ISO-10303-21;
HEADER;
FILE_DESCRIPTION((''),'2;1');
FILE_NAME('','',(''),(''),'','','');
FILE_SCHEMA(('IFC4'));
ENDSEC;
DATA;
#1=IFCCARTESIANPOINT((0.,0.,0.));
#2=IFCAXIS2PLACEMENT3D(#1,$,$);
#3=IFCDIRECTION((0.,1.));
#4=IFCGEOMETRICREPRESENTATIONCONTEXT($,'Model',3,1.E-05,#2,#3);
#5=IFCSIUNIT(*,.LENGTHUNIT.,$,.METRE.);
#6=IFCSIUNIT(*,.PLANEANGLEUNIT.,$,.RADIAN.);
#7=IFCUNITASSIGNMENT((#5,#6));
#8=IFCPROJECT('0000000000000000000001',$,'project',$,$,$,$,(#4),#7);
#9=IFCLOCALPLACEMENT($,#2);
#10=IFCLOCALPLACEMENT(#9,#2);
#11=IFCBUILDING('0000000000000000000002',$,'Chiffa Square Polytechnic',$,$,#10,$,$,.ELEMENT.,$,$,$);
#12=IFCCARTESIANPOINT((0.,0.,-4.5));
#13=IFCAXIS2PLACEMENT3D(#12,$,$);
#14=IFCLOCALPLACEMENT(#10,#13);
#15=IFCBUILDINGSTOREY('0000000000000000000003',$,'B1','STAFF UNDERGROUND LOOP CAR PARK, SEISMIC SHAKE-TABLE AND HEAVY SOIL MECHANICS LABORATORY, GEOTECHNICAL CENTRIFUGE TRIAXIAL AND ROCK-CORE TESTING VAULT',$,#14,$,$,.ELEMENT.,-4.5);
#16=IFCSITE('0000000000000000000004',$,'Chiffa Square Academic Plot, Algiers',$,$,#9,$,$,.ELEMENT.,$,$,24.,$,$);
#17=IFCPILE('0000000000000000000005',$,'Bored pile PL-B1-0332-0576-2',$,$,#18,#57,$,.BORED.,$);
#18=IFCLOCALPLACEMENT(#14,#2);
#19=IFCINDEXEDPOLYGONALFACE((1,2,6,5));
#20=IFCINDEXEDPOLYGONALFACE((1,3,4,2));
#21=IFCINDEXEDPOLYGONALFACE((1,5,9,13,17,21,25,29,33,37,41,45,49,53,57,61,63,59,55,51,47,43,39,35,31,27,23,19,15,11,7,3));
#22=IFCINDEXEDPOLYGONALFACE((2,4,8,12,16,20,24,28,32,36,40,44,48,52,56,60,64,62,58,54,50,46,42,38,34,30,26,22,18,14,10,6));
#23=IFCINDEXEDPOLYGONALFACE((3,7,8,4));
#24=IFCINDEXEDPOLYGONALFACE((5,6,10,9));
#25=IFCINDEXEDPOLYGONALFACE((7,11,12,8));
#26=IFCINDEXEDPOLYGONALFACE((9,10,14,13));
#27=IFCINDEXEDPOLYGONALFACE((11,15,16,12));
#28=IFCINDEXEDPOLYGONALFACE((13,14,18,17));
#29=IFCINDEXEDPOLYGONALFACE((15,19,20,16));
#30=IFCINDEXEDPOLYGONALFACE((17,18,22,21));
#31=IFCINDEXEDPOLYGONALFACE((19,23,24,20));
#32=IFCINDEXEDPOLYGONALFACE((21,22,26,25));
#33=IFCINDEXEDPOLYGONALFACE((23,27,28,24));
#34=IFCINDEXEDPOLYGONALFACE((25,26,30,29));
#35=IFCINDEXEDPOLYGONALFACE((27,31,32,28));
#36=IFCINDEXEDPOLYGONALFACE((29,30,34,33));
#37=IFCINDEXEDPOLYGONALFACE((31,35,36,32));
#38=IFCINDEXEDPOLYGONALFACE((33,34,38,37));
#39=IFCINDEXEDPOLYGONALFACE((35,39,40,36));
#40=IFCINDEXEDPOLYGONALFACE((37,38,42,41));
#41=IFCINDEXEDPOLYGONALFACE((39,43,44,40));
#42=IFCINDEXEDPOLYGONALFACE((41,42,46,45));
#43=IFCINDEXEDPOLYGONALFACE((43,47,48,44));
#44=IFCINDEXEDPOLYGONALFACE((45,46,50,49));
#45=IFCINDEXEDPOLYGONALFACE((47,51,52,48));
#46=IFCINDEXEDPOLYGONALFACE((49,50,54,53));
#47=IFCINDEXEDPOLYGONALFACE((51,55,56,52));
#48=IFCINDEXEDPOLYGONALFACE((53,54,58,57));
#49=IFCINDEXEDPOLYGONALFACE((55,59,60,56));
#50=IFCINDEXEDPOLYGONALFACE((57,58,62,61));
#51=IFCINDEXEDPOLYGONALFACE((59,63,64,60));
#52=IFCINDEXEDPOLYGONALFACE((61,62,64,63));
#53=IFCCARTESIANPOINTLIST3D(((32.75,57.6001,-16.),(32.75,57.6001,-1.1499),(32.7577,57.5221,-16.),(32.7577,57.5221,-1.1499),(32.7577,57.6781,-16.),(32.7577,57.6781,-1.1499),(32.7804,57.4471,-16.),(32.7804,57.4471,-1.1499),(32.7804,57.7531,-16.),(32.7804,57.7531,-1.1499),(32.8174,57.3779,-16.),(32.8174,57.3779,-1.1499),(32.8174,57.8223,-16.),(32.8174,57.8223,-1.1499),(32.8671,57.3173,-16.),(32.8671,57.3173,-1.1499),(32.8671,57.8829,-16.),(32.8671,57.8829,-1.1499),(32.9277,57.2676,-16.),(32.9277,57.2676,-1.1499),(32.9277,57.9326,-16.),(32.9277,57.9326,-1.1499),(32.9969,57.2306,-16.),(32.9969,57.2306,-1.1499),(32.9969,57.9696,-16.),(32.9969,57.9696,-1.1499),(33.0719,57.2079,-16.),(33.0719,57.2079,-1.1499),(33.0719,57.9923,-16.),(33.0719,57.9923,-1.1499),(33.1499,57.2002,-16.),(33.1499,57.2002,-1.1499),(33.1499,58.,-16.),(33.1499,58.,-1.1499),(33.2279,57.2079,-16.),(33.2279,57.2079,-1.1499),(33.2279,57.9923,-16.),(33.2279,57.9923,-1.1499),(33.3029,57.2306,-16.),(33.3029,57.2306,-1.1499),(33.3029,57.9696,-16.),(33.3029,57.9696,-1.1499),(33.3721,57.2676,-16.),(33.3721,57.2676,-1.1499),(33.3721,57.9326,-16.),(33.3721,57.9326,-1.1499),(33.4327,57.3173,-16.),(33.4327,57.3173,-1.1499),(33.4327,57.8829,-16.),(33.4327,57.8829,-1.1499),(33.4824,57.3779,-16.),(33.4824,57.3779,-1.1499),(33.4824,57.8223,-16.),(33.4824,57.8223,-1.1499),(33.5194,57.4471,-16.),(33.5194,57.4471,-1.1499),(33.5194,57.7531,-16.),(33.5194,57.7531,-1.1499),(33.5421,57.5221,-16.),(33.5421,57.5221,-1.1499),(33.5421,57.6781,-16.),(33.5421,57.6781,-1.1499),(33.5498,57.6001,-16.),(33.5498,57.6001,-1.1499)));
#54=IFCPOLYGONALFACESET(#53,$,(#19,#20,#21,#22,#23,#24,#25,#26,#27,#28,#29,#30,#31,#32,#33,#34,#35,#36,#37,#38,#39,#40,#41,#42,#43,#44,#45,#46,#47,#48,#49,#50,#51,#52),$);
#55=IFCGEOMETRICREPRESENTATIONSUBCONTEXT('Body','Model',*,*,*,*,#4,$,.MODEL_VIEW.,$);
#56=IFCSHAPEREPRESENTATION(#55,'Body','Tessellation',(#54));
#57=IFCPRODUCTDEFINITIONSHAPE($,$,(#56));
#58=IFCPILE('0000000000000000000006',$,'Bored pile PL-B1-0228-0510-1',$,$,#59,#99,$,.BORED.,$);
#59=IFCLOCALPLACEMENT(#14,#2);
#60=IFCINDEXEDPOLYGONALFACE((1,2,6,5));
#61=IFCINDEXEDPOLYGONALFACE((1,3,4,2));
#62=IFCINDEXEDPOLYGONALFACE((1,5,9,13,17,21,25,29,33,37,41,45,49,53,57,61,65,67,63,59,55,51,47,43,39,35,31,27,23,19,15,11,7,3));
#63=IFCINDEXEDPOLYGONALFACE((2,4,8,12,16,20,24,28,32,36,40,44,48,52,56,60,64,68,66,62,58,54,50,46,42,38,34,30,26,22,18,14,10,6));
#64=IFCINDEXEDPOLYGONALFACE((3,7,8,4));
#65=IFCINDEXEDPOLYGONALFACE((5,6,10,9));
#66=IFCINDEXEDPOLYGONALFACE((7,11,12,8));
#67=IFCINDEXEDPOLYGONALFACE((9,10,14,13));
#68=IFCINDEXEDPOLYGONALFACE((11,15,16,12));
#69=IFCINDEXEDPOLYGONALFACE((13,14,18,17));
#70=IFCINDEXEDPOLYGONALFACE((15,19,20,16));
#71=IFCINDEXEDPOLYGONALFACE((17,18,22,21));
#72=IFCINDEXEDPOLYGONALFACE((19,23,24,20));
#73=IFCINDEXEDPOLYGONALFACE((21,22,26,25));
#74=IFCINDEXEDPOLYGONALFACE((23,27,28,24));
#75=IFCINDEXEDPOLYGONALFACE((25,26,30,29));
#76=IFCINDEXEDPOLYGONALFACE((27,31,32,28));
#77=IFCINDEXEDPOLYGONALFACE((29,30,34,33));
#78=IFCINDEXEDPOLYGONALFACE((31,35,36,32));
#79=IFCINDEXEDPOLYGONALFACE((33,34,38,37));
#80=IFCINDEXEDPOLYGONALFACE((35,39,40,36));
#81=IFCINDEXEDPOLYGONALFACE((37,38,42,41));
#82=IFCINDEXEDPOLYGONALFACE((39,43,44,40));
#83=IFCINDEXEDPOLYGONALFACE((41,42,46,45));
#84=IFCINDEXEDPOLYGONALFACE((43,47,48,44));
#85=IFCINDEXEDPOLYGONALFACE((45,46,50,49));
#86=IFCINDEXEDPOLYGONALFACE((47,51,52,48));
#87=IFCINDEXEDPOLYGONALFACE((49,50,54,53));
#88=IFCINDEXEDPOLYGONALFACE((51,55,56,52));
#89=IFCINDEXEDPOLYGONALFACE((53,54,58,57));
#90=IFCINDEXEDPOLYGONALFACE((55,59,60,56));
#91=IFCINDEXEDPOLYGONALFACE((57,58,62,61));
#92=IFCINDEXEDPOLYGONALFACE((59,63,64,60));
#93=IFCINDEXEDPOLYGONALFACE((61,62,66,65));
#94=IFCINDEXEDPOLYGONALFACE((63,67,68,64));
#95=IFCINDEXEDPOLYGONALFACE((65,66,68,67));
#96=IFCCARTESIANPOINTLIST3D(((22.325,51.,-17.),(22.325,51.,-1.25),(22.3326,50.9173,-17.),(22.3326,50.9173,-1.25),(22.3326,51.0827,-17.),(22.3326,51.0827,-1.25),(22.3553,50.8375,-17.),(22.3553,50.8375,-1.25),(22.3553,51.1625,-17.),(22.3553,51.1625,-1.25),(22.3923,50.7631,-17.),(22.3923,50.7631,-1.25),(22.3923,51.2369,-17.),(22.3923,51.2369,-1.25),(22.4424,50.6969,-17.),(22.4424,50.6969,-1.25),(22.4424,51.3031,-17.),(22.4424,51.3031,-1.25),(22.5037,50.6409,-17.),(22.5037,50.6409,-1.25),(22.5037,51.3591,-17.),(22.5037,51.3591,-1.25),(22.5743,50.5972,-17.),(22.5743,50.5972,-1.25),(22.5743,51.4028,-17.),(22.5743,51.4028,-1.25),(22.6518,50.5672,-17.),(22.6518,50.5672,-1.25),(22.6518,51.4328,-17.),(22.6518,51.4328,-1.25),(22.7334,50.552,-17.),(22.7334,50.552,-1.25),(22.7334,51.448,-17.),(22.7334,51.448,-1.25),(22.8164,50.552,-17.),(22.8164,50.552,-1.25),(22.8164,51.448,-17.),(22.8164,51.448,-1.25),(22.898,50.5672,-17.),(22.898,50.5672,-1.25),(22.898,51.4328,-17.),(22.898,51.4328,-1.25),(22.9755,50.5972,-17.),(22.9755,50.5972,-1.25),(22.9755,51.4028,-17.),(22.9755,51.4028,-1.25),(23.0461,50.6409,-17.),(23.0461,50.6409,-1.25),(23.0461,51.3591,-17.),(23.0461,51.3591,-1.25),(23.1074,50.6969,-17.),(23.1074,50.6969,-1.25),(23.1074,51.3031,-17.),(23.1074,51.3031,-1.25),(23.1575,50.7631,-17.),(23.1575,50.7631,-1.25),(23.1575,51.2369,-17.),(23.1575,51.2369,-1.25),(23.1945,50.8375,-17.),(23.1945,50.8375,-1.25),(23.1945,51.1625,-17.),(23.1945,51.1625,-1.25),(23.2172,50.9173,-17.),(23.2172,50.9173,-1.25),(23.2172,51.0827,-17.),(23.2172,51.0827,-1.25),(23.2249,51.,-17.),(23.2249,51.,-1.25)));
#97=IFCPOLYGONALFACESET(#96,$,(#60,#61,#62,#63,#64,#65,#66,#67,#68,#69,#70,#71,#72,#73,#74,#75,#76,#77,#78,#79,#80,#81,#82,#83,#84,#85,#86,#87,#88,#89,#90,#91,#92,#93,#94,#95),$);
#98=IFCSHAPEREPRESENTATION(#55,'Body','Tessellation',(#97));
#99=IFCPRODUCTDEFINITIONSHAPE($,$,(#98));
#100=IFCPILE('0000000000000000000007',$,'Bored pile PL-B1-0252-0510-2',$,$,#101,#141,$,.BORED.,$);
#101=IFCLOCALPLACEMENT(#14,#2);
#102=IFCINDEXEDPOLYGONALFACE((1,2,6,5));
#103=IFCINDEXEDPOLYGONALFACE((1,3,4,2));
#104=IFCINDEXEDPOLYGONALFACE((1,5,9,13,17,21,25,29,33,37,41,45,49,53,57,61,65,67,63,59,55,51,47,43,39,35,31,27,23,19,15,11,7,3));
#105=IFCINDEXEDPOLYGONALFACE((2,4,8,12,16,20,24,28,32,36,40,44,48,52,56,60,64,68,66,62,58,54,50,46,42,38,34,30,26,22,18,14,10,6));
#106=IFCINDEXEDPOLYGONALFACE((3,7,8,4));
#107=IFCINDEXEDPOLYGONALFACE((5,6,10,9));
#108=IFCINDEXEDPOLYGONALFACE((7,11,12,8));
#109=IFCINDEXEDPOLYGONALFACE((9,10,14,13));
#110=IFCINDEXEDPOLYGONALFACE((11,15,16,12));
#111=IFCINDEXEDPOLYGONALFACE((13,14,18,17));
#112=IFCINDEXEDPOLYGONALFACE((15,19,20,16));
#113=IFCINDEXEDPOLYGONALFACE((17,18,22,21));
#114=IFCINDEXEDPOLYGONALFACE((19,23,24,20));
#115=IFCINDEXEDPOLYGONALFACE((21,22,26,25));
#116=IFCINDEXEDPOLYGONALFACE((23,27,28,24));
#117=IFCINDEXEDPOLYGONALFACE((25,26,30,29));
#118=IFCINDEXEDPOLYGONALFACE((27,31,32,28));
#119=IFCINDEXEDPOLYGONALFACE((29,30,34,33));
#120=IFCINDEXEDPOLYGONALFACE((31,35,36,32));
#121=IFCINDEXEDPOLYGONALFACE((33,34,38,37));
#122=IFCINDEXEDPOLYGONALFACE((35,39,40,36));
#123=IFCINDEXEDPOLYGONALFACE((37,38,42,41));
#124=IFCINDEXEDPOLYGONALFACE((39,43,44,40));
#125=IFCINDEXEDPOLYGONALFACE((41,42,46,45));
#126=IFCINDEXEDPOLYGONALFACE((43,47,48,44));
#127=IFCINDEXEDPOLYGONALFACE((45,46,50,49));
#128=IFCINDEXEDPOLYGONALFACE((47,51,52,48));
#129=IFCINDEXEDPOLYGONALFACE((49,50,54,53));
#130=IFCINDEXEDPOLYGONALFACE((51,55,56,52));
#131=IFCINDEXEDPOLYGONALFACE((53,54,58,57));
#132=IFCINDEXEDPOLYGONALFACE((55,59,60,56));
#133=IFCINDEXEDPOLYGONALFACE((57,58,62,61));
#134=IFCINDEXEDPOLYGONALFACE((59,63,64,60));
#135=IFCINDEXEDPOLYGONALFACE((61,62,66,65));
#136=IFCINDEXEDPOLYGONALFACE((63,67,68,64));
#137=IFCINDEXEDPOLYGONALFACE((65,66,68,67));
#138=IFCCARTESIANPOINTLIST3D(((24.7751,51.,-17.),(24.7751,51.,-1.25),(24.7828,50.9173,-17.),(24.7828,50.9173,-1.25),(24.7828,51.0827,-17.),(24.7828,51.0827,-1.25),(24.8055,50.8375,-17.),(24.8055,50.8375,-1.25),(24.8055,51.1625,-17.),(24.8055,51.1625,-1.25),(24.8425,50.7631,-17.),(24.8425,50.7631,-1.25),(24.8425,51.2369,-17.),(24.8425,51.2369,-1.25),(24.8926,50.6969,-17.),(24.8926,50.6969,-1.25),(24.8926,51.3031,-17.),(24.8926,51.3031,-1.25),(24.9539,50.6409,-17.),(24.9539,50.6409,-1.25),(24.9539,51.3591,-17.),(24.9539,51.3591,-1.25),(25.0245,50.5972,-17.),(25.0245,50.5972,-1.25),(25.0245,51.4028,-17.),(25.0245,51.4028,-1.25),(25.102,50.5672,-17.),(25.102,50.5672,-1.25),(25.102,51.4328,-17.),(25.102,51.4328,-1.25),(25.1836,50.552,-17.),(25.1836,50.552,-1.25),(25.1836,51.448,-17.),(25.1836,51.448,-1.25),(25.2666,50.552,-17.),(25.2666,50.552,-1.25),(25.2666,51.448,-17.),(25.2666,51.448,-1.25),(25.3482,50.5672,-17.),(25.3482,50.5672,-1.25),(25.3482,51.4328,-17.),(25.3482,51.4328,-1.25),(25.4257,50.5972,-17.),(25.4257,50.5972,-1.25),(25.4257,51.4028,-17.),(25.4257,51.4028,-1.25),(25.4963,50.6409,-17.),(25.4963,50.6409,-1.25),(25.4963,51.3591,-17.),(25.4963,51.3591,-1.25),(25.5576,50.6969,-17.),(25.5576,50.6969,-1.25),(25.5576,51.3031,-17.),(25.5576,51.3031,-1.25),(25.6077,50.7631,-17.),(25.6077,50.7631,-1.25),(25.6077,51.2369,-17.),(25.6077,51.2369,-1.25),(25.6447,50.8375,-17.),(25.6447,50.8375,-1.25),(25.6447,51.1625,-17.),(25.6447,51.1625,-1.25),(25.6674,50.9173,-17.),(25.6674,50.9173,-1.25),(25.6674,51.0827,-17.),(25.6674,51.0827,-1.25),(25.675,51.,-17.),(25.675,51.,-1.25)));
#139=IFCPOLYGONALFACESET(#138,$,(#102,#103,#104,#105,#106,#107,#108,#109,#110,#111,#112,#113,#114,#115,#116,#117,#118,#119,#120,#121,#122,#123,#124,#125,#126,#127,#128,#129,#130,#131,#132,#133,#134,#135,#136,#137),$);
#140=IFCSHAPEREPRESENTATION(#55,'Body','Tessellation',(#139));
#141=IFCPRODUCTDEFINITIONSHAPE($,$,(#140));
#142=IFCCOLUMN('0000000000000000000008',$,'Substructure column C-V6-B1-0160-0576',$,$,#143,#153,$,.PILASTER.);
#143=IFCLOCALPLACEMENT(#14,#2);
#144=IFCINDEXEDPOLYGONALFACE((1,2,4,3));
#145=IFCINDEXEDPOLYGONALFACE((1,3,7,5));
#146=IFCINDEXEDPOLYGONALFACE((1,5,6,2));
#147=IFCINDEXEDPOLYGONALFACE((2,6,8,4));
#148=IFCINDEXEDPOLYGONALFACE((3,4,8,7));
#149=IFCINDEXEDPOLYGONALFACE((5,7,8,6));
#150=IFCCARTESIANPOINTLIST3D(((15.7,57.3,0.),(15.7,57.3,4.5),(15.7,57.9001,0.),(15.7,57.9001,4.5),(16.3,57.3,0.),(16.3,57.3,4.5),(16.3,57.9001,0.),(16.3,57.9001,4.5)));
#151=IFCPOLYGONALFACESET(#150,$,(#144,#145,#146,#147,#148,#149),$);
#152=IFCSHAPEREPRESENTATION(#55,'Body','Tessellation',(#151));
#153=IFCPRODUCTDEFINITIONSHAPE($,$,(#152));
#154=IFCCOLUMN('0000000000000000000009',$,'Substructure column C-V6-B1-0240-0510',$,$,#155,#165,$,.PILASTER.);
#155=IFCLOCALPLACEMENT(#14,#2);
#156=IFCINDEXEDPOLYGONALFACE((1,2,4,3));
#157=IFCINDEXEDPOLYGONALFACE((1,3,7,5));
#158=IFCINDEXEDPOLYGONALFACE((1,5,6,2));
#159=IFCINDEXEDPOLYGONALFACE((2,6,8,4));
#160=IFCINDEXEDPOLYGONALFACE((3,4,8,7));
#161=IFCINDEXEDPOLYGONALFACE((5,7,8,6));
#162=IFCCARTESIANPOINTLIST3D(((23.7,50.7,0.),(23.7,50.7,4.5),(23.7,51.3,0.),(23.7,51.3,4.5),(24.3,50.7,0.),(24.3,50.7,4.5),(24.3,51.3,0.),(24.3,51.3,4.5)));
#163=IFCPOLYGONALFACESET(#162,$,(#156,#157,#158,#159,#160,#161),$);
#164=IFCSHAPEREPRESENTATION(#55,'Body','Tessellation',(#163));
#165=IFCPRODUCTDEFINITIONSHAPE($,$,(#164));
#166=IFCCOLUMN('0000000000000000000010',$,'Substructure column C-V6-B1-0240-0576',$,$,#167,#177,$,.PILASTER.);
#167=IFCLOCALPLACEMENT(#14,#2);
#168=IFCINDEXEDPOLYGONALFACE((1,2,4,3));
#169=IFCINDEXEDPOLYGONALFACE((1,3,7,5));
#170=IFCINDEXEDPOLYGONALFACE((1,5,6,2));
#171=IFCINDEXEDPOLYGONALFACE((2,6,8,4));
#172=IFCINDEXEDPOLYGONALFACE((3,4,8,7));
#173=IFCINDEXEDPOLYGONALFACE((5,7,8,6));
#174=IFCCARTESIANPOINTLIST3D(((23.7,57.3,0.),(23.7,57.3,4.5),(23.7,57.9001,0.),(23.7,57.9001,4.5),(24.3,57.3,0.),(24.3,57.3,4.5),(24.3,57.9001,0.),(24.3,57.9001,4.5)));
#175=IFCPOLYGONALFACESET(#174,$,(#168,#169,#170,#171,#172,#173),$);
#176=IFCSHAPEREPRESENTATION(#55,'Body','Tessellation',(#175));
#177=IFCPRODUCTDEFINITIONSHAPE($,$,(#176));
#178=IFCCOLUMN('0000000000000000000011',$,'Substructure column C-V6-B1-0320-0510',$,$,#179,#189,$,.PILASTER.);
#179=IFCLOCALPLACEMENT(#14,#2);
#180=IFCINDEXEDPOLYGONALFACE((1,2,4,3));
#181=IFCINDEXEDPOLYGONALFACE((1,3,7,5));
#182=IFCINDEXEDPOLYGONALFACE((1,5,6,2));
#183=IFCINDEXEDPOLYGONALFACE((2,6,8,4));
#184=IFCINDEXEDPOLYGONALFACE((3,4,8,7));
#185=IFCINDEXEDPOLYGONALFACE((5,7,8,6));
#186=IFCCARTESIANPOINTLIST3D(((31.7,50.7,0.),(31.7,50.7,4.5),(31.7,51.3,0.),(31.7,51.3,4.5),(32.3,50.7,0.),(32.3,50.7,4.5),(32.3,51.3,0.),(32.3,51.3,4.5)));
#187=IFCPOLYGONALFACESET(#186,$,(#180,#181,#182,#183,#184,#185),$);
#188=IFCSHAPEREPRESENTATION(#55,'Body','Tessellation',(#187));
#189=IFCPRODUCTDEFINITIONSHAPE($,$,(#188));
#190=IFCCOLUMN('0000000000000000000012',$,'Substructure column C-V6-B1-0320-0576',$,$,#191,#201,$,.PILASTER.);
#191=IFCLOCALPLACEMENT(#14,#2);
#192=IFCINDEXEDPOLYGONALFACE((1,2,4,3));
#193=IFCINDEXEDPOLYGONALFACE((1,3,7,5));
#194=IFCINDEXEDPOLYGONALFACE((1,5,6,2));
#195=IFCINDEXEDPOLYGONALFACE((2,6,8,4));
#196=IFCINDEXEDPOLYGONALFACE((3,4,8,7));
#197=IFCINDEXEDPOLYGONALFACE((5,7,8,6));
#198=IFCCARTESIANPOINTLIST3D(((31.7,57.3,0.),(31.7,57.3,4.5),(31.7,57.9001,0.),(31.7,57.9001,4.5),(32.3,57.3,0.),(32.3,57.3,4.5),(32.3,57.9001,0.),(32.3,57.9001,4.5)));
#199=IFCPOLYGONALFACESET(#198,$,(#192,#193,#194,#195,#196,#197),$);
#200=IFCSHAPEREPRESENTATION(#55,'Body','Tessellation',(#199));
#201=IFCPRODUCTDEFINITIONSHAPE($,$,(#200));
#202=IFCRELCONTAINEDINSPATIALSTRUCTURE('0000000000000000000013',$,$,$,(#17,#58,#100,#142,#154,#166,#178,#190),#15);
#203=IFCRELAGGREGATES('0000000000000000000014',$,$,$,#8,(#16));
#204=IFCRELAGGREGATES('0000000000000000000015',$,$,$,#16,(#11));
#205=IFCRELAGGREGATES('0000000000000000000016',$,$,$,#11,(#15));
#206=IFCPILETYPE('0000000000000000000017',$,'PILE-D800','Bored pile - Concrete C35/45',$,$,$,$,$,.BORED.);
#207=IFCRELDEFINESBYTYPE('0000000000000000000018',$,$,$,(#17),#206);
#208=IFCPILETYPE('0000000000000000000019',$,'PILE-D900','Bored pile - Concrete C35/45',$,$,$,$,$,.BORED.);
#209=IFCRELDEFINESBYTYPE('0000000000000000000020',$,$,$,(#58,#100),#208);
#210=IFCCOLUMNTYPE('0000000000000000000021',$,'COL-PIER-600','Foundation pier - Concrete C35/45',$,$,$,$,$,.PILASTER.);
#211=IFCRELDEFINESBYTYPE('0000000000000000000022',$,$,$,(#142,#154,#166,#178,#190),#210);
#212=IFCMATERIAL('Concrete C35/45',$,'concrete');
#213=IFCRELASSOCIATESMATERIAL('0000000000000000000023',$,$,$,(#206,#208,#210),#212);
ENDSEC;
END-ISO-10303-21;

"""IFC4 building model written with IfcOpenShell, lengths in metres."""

from ifc_helpers import new_model, si_unit, direction, frame, origin, origin_2d, place, context, subcontext, project, spatial, rectangle, circle, extrude, material, material_profile, profile_set, type_object, element, save


model = new_model("IFC4")

# Units and contexts
model_context = context("Model", 3, precision=1e-05, world=origin(), true_north=direction((0.0, 1.0)))
body_context = subcontext(model_context, "Body", "Model", "MODEL_VIEW")
ifc_project = project(units=[si_unit("LENGTHUNIT", "METRE"), si_unit("PLANEANGLEUNIT", "RADIAN")], contexts=[model_context])

# Site, building, storey
site_placement = place(None, origin())
site = spatial("IfcSite", under=ifc_project, at=site_placement, Name="Chiffa Square Academic Plot, Algiers", CompositionType="ELEMENT", RefElevation=24.0)
building_placement = place(site_placement, origin())
building = spatial("IfcBuilding", under=site, at=building_placement, Name="Chiffa Square Polytechnic", CompositionType="ELEMENT")
storey_placement = place(building_placement, frame((0.0, 0.0, -4.5)))
storey = spatial("IfcBuildingStorey", under=building, at=storey_placement, Name="B1", Description="STAFF UNDERGROUND LOOP CAR PARK, SEISMIC SHAKE-TABLE AND HEAVY SOIL MECHANICS LABORATORY, GEOTECHNICAL CENTRIFUGE TRIAXIAL AND ROCK-CORE TESTING VAULT", CompositionType="ELEMENT", Elevation=-4.5)

# Shared definitions
ifc_material_1 = material(Name="Concrete C35/45", Category="concrete")

# Piles
ifc_material_profile_1 = material_profile(ifc_material_1, circle(Radius=0.3999, at=origin_2d()), Name="PILE D800")
ifc_profile_set_1 = profile_set([ifc_material_profile_1], Name="Concrete C35/45")
pile_type_1 = type_object("IfcPileType", Name="PILE-D800", Description="Bored pile - Concrete C35/45", PredefinedType="BORED", material=ifc_profile_set_1)
for number, where, z_axis, x_axis, name in (
    (1, (33.1499, 57.6001, -1.1499), (0.0, 0.0, -1.0), (1.0, 0.0, 0.0), "Bored pile PL-B1-0332-0576-2"),
):
    element("IfcPile", number, at=place(storey_placement, frame(where, z_axis=z_axis, x_axis=x_axis)), inside=storey, type_object=pile_type_1, Name=name, PredefinedType="BORED", context=body_context, shape_type="SweptSolid", body=[
        extrude(circle(Radius=0.3999, at=origin_2d()), origin(), (0.0, 0.0, 1.0), 14.8501),
    ])
ifc_material_profile_2 = material_profile(ifc_material_1, circle(Radius=0.45, at=origin_2d()), Name="PILE D900")
ifc_profile_set_2 = profile_set([ifc_material_profile_2], Name="Concrete C35/45")
pile_type_2 = type_object("IfcPileType", Name="PILE-D900", Description="Bored pile - Concrete C35/45", PredefinedType="BORED", material=ifc_profile_set_2)
for number, where, z_axis, x_axis, name in (
    (2, (22.7749, 51.0, -1.25), (0.0, 0.0, -1.0), (1.0, 0.0, 0.0), "Bored pile PL-B1-0228-0510-1"),
    (3, (25.2251, 51.0, -1.25), (0.0, 0.0, -1.0), (1.0, 0.0, 0.0), "Bored pile PL-B1-0252-0510-2"),
):
    element("IfcPile", number, at=place(storey_placement, frame(where, z_axis=z_axis, x_axis=x_axis)), inside=storey, type_object=pile_type_2, Name=name, PredefinedType="BORED", context=body_context, shape_type="SweptSolid", body=[
        extrude(circle(Radius=0.45, at=origin_2d()), origin(), (0.0, 0.0, 1.0), 15.75),
    ])

# Columns
ifc_material_profile_3 = material_profile(ifc_material_1, rectangle(XDim=0.6001, YDim=0.6001, at=origin_2d()), Name="RC 600x600")
ifc_profile_set_3 = profile_set([ifc_material_profile_3], Name="Concrete C35/45")
column_type = type_object("IfcColumnType", Name="COL-PIER-600", Description="Foundation pier - Concrete C35/45", PredefinedType="PILASTER", material=ifc_profile_set_3)
for number, where, z_axis, x_axis, name in (
    (4, (16.0, 57.6001, 0.0), (0.0, 0.0, 1.0), (1.0, 0.0, 0.0), "Substructure column C-V6-B1-0160-0576"),
    (5, (24.0, 51.0, 0.0), (0.0, 0.0, 1.0), (1.0, 0.0, 0.0), "Substructure column C-V6-B1-0240-0510"),
    (6, (24.0, 57.6001, 0.0), (0.0, 0.0, 1.0), (1.0, 0.0, 0.0), "Substructure column C-V6-B1-0240-0576"),
    (7, (32.0, 51.0, 0.0), (0.0, 0.0, 1.0), (1.0, 0.0, 0.0), "Substructure column C-V6-B1-0320-0510"),
    (8, (32.0, 57.6001, 0.0), (0.0, 0.0, 1.0), (1.0, 0.0, 0.0), "Substructure column C-V6-B1-0320-0576"),
):
    element("IfcColumn", number, at=place(storey_placement, frame(where, z_axis=z_axis, x_axis=x_axis)), inside=storey, type_object=column_type, Name=name, PredefinedType="PILASTER", context=body_context, shape_type="SweptSolid", body=[
        extrude(rectangle(XDim=0.6001, YDim=0.6001, at=origin_2d()), origin(), (0.0, 0.0, 1.0), 4.5),
    ])

save(model, "model.ifc")
